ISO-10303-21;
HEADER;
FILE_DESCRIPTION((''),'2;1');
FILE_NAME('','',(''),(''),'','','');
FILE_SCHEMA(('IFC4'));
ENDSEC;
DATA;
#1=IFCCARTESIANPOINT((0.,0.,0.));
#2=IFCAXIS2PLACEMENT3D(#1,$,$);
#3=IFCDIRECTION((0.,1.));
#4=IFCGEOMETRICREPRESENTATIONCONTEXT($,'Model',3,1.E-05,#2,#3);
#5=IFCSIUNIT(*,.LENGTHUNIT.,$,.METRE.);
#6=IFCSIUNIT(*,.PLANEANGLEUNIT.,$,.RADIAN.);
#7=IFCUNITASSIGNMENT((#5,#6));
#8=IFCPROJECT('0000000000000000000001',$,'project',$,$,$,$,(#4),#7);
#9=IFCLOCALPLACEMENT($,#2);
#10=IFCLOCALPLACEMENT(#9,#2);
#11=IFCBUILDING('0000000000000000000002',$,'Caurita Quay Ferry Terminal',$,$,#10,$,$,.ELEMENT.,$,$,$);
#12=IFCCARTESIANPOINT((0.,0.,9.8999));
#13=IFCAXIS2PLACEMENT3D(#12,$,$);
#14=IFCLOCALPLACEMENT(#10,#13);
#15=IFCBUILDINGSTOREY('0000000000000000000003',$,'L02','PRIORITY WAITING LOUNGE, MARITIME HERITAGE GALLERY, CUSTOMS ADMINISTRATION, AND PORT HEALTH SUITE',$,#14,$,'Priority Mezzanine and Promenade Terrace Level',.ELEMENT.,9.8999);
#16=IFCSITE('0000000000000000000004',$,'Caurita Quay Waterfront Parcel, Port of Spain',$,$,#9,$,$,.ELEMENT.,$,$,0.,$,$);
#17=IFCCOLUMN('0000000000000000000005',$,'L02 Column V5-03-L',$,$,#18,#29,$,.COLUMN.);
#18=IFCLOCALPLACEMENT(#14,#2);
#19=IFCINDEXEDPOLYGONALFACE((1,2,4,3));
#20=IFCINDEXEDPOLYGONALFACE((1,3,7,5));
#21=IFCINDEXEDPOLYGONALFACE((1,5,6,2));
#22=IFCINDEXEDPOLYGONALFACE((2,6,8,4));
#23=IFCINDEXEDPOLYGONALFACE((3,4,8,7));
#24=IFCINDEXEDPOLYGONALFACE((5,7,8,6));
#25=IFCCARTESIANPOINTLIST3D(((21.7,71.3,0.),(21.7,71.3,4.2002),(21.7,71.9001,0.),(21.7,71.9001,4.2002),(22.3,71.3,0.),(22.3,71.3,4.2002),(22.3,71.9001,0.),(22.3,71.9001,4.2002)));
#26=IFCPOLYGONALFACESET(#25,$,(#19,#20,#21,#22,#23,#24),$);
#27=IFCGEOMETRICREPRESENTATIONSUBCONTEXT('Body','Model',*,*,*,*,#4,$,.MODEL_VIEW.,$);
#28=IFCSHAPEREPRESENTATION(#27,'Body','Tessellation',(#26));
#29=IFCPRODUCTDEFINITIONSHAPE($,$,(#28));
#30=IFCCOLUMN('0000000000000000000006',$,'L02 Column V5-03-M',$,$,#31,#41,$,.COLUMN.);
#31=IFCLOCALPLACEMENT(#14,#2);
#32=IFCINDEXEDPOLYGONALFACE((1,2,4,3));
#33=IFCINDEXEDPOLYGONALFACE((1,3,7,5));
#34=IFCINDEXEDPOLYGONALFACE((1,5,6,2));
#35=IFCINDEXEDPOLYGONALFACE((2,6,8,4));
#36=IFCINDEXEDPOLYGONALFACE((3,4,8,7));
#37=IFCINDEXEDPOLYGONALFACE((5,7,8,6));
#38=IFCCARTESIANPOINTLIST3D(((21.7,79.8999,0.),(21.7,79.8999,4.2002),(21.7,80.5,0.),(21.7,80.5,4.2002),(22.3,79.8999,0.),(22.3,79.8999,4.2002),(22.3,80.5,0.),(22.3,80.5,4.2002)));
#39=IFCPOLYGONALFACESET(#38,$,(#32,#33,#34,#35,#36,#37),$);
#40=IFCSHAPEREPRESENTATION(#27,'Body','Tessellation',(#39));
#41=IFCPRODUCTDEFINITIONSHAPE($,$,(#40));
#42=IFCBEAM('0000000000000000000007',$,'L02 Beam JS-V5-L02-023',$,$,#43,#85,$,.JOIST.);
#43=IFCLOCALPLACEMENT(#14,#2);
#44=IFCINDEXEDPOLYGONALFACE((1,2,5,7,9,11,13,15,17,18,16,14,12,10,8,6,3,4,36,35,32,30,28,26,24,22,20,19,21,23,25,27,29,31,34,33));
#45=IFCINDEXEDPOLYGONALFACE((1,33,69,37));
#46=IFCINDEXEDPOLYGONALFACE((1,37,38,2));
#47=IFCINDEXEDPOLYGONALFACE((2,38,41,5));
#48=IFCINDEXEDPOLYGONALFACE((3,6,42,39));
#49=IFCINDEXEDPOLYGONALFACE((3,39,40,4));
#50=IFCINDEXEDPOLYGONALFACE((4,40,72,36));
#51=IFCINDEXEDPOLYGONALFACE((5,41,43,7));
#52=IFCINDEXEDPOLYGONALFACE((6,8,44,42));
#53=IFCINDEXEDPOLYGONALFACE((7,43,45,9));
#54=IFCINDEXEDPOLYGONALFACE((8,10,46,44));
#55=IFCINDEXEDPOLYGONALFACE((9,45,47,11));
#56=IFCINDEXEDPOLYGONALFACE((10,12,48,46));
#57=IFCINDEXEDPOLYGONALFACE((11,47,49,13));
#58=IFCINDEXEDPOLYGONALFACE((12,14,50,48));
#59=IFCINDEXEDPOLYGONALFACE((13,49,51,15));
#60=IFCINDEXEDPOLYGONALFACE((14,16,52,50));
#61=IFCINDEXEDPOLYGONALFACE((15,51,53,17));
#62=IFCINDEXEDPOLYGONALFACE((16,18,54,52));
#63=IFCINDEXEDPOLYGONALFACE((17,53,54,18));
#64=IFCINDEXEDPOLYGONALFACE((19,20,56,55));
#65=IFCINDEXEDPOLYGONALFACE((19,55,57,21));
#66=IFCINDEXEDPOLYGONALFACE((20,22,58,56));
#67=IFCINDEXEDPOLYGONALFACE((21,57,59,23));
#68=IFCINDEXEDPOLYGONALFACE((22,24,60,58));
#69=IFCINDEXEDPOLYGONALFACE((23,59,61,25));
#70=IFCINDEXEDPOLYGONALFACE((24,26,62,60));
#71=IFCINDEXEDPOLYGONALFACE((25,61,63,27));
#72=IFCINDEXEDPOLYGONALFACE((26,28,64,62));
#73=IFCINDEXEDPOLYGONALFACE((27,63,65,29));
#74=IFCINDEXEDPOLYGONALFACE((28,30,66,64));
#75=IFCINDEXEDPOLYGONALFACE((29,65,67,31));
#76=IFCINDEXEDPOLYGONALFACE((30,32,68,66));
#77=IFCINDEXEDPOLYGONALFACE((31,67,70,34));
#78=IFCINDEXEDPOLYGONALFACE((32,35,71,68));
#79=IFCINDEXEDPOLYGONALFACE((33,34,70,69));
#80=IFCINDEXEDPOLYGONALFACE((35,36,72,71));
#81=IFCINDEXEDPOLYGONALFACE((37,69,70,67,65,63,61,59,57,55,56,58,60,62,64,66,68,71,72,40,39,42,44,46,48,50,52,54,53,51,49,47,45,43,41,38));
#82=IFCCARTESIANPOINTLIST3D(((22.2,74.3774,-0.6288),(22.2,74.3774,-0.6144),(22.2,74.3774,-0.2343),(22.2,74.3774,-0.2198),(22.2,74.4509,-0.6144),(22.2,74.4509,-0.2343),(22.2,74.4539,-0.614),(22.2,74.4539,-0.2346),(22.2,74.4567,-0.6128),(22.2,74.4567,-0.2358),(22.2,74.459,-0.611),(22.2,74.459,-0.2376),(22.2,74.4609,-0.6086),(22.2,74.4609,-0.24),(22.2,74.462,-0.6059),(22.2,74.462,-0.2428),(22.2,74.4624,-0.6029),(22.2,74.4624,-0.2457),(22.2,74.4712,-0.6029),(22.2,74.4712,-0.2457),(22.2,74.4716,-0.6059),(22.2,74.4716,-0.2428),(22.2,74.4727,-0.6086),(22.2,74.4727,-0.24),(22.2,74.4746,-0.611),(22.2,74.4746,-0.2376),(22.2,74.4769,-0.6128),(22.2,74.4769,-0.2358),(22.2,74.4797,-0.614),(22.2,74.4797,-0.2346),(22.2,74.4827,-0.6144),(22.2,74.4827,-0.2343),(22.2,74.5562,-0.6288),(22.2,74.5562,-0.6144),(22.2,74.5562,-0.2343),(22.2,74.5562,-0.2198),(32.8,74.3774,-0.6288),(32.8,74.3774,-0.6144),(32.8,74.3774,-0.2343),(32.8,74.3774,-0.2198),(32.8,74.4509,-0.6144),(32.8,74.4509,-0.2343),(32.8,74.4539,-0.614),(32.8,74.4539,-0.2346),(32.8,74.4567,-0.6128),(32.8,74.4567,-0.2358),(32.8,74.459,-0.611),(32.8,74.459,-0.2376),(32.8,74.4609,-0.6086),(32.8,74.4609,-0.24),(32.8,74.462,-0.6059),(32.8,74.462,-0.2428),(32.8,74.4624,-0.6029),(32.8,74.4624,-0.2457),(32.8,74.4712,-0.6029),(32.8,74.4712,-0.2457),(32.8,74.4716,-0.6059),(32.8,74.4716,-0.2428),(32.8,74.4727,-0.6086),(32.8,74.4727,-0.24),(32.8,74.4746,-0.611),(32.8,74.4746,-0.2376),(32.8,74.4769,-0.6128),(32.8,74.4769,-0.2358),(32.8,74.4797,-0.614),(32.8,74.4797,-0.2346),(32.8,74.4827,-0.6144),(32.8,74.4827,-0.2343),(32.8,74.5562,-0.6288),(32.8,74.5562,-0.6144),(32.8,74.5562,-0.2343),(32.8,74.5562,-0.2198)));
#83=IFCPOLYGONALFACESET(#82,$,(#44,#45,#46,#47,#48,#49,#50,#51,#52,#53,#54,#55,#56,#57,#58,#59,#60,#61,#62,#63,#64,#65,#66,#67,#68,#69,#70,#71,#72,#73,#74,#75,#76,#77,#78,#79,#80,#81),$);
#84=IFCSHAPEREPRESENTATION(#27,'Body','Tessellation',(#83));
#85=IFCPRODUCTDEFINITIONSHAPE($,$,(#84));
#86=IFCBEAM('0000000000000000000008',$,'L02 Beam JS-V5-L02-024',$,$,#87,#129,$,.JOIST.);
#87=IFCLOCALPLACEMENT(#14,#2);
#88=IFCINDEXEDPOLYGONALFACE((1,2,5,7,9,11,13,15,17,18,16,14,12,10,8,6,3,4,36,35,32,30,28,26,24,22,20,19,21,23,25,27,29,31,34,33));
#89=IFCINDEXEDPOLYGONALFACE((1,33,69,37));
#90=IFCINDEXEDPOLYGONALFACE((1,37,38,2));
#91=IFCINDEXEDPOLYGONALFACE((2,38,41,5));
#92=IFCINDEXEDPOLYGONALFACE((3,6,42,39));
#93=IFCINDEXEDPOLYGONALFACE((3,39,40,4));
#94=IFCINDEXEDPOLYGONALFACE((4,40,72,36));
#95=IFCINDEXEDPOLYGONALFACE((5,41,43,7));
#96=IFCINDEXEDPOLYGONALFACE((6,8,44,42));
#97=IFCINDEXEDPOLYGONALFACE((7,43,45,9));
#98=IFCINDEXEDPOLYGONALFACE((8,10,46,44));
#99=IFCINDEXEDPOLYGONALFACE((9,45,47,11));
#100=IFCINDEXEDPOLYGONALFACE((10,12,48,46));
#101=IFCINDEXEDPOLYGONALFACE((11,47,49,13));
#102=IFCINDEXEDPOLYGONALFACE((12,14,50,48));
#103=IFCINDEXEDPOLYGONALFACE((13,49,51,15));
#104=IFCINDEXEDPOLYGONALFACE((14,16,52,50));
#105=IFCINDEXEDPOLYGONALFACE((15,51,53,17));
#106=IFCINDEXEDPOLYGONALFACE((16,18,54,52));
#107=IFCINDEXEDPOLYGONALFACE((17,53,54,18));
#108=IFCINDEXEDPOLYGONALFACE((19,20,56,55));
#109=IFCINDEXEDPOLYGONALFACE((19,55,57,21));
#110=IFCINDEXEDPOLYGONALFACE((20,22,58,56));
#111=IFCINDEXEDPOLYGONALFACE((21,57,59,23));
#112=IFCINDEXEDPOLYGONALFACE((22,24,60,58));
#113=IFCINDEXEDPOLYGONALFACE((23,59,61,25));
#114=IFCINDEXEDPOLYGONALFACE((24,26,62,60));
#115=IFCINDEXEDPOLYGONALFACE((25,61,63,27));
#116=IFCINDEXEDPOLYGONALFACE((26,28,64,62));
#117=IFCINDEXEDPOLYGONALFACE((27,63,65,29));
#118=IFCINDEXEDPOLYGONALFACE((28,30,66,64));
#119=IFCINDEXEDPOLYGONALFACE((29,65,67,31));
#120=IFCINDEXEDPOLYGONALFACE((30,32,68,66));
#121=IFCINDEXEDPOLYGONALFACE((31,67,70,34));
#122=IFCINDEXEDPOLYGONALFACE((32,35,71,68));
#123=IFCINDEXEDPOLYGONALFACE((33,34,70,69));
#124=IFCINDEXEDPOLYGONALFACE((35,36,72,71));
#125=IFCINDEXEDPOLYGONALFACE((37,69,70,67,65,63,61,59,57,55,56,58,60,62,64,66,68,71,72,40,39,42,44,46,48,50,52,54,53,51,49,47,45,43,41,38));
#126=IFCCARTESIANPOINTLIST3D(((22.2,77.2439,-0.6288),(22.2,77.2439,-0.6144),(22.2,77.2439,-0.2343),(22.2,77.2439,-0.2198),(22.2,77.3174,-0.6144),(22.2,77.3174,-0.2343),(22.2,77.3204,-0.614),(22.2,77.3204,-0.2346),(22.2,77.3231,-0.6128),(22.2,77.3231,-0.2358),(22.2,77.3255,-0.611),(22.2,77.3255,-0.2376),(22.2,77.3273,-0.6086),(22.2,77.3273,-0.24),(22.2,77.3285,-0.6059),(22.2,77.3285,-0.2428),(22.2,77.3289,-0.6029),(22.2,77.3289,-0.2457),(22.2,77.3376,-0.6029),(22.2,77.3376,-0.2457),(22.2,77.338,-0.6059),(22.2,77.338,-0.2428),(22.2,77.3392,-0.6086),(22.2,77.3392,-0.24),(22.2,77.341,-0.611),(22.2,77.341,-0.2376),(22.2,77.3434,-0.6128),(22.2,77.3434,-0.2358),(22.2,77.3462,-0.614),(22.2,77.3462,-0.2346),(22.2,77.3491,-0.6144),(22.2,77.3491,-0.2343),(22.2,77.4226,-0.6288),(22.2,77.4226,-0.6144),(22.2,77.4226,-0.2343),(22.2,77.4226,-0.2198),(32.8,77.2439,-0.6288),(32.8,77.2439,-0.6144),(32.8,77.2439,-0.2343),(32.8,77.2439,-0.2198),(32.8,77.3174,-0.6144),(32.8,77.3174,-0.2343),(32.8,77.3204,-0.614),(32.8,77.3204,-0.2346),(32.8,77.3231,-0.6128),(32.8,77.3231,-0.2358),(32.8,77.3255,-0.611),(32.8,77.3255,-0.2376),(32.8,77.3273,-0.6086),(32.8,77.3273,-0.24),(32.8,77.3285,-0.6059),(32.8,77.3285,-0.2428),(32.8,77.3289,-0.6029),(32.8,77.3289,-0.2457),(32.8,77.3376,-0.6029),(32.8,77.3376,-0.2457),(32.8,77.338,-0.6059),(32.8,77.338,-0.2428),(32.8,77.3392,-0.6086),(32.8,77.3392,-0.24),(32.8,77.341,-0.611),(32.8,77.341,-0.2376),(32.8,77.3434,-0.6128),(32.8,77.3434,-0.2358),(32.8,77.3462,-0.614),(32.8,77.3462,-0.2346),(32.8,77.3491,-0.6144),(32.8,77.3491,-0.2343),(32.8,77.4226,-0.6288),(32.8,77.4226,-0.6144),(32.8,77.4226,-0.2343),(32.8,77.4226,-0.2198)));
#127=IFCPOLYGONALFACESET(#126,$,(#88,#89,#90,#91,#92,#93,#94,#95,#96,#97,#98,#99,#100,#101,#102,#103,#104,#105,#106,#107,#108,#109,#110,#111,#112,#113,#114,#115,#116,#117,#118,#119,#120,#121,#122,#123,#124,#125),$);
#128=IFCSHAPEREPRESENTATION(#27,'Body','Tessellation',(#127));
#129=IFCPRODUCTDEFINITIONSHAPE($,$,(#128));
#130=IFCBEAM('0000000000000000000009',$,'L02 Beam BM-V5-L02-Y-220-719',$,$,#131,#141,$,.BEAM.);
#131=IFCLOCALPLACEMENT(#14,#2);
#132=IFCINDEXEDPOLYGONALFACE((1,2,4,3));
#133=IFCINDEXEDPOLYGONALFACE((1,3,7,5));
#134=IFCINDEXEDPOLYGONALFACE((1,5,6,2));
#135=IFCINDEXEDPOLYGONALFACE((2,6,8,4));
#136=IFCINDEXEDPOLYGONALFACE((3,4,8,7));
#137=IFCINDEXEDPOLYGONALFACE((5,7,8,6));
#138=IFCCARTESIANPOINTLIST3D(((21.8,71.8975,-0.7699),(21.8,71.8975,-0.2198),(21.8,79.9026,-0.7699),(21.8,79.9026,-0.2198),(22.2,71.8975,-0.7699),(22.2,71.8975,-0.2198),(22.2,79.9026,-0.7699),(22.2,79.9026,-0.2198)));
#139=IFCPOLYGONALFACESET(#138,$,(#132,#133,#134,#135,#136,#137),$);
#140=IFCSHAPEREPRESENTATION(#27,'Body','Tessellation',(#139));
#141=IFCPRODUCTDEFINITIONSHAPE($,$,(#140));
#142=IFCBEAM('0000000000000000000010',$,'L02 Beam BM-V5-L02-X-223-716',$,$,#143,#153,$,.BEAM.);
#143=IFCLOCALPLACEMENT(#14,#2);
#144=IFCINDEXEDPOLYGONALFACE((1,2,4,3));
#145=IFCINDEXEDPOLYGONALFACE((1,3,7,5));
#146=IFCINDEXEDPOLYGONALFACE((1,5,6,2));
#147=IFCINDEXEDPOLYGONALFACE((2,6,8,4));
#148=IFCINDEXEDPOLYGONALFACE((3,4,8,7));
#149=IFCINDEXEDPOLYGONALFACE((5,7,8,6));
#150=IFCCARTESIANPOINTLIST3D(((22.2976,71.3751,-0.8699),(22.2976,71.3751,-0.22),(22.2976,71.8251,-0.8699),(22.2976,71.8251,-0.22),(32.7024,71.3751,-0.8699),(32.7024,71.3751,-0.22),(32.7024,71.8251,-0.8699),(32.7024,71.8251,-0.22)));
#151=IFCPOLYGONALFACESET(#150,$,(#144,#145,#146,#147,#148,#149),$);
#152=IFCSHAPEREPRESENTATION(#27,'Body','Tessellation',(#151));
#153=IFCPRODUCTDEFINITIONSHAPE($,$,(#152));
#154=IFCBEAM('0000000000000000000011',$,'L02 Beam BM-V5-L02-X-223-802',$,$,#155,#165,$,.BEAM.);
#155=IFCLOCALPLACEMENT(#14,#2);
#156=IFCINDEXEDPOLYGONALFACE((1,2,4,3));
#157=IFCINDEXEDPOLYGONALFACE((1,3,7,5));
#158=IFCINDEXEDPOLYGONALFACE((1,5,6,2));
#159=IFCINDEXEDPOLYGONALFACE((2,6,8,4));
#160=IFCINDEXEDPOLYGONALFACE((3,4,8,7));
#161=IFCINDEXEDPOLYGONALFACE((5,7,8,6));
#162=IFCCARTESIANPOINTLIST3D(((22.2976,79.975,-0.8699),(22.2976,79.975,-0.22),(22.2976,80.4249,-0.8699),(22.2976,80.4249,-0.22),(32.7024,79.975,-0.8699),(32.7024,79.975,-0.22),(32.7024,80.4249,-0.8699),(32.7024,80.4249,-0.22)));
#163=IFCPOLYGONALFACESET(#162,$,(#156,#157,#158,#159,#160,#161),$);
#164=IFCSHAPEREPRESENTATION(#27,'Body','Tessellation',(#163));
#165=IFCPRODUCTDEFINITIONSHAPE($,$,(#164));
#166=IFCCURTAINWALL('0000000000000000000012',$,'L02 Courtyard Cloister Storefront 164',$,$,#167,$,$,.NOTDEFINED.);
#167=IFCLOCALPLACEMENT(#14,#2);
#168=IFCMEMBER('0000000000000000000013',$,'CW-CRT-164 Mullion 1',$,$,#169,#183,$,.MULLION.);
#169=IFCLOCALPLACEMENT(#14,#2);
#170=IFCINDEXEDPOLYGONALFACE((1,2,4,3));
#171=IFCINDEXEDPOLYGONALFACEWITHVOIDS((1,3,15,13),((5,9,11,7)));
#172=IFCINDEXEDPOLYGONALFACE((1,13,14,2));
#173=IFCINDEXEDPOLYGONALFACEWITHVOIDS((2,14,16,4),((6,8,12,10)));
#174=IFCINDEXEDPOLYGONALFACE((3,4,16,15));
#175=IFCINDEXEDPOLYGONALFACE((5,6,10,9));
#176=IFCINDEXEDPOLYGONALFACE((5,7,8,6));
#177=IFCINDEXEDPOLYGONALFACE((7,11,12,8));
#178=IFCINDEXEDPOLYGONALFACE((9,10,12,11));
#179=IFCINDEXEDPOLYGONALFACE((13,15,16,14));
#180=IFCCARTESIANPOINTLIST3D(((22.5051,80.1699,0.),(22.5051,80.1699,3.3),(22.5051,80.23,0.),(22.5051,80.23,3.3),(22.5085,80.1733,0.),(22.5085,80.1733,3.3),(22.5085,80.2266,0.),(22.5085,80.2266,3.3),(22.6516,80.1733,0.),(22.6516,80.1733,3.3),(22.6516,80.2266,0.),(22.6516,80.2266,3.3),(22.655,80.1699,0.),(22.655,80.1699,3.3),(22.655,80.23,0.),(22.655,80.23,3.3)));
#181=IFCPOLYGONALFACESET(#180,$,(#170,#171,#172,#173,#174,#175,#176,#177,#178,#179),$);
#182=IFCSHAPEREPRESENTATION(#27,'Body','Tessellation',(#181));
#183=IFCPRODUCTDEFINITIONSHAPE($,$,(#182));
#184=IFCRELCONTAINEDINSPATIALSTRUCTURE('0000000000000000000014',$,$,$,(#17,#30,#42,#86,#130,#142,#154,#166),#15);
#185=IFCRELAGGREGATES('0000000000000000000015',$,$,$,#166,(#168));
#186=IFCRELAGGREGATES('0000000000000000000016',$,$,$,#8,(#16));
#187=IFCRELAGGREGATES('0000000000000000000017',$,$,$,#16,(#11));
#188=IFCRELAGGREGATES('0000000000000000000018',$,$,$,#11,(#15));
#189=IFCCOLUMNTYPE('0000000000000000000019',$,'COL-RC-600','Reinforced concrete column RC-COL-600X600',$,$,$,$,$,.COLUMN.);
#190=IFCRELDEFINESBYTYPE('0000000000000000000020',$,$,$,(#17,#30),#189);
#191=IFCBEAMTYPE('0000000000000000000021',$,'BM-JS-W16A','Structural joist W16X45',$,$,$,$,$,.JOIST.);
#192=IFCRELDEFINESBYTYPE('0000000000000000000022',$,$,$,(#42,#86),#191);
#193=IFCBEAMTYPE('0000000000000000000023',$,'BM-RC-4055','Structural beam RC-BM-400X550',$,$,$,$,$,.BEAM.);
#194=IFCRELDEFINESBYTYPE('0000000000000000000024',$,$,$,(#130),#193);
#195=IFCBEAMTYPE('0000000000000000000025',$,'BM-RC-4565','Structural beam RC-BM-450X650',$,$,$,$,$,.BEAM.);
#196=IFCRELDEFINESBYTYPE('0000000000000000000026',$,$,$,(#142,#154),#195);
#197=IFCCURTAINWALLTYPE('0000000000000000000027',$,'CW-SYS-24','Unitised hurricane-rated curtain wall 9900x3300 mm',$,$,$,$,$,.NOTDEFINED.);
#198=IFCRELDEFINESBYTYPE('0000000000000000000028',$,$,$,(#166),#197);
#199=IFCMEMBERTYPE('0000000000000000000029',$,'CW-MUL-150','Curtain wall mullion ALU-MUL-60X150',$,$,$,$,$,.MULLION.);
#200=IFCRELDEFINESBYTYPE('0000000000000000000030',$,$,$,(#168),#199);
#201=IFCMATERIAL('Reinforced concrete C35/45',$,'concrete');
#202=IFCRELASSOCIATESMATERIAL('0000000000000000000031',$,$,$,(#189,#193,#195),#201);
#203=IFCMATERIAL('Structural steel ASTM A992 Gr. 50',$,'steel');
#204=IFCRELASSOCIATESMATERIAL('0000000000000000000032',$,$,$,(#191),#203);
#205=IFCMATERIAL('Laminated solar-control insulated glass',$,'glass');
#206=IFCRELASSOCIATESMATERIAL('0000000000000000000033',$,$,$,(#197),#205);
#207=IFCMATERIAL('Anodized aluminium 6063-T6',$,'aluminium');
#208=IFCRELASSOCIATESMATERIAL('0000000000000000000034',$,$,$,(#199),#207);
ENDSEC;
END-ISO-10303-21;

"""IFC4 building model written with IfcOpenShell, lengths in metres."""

from ifc_helpers import new_model, si_unit, direction, frame, origin, origin_2d, place, context, subcontext, project, spatial, rectangle, hollow_rectangle, i_section, extrude, material, material_profile, profile_set, type_object, element, aggregate, save


model = new_model("IFC4")

# Units and contexts
model_context = context("Model", 3, precision=1e-05, world=origin(), true_north=direction((0.0, 1.0)))
body_context = subcontext(model_context, "Body", "Model", "MODEL_VIEW")
ifc_project = project(units=[si_unit("LENGTHUNIT", "METRE"), si_unit("PLANEANGLEUNIT", "RADIAN")], contexts=[model_context])

# Site, building, storey
site_placement = place(None, origin())
site = spatial("IfcSite", under=ifc_project, at=site_placement, Name="Caurita Quay Waterfront Parcel, Port of Spain", CompositionType="ELEMENT", RefElevation=0.0)
building_placement = place(site_placement, origin())
building = spatial("IfcBuilding", under=site, at=building_placement, Name="Caurita Quay Ferry Terminal", CompositionType="ELEMENT")
storey_placement = place(building_placement, frame((0.0, 0.0, 9.8999)))
storey = spatial("IfcBuildingStorey", under=building, at=storey_placement, Name="L02", Description="PRIORITY WAITING LOUNGE, MARITIME HERITAGE GALLERY, CUSTOMS ADMINISTRATION, AND PORT HEALTH SUITE", LongName="Priority Mezzanine and Promenade Terrace Level", CompositionType="ELEMENT", Elevation=9.8999)

# Columns
ifc_material_1 = material(Name="Reinforced concrete C35/45", Category="concrete")
ifc_material_profile_1 = material_profile(ifc_material_1, rectangle(XDim=0.6001, YDim=0.6001, at=origin_2d()), Name="RC-COL-600X600")
ifc_profile_set_1 = profile_set([ifc_material_profile_1], Name="Reinforced concrete C35/45")
column_type = type_object("IfcColumnType", Name="COL-RC-600", Description="Reinforced concrete column RC-COL-600X600", PredefinedType="COLUMN", material=ifc_profile_set_1)
for number, where, z_axis, x_axis, name in (
    (1, (22.0, 71.6001, 0.0), (0.0, 0.0, 1.0), (1.0, 0.0, 0.0), "L02 Column V5-03-L"),
    (2, (22.0, 80.2, 0.0), (0.0, 0.0, 1.0), (1.0, 0.0, 0.0), "L02 Column V5-03-M"),
):
    element("IfcColumn", number, at=place(storey_placement, frame(where, z_axis=z_axis, x_axis=x_axis)), inside=storey, type_object=column_type, Name=name, PredefinedType="COLUMN", context=body_context, shape_type="SweptSolid", body=[
        extrude(rectangle(XDim=0.6001, YDim=0.6001, at=origin_2d()), origin(), (0.0, 0.0, 1.0), 4.2002),
    ])

# Beams
ifc_material_2 = material(Name="Structural steel ASTM A992 Gr. 50", Category="steel")
ifc_material_profile_2 = material_profile(ifc_material_2, i_section(OverallWidth=0.1787, OverallDepth=0.4089, WebThickness=0.0088, FlangeThickness=0.0144, FilletRadius=0.0115, at=origin_2d()), Name="W16X45")
ifc_profile_set_2 = profile_set([ifc_material_profile_2], Name="Structural steel ASTM A992 Gr. 50")
beam_type_1 = type_object("IfcBeamType", Name="BM-JS-W16A", Description="Structural joist W16X45", PredefinedType="JOIST", material=ifc_profile_set_2)
for number, where, z_axis, x_axis, name in (
    (3, (22.2, 74.4668, -0.4243), (1.0, 0.0, 0.0), (0.0, 1.0, 0.0), "L02 Beam JS-V5-L02-023"),
    (4, (22.2, 77.3333, -0.4243), (1.0, 0.0, 0.0), (0.0, 1.0, 0.0), "L02 Beam JS-V5-L02-024"),
):
    element("IfcBeam", number, at=place(storey_placement, frame(where, z_axis=z_axis, x_axis=x_axis)), inside=storey, type_object=beam_type_1, Name=name, PredefinedType="JOIST", context=body_context, shape_type="SweptSolid", body=[
        extrude(i_section(OverallWidth=0.1787, OverallDepth=0.4089, WebThickness=0.0088, FlangeThickness=0.0144, FilletRadius=0.0115, at=origin_2d()), origin(), (0.0, 0.0, 1.0), 10.6001),
    ])
ifc_material_profile_3 = material_profile(ifc_material_1, rectangle(XDim=0.3999, YDim=0.55, at=origin_2d()), Name="RC-BM-400X550")
ifc_profile_set_3 = profile_set([ifc_material_profile_3], Name="Reinforced concrete C35/45")
beam_type_2 = type_object("IfcBeamType", Name="BM-RC-4055", Description="Structural beam RC-BM-400X550", PredefinedType="BEAM", material=ifc_profile_set_3)
beam_placement = place(storey_placement, frame((22.0, 71.8975, -0.4949), z_axis=(0.0, 1.0, 0.0), x_axis=(-1.0, 0.0, 0.0)))
element("IfcBeam", 5, at=beam_placement, inside=storey, type_object=beam_type_2, Name="L02 Beam BM-V5-L02-Y-220-719", PredefinedType="BEAM", context=body_context, shape_type="SweptSolid", body=[
    extrude(rectangle(XDim=0.3999, YDim=0.55, at=origin_2d()), origin(), (0.0, 0.0, 1.0), 8.0051),
])
ifc_material_profile_4 = material_profile(ifc_material_1, rectangle(XDim=0.45, YDim=0.6499, at=origin_2d()), Name="RC-BM-450X650")
ifc_profile_set_4 = profile_set([ifc_material_profile_4], Name="Reinforced concrete C35/45")
beam_type_3 = type_object("IfcBeamType", Name="BM-RC-4565", Description="Structural beam RC-BM-450X650", PredefinedType="BEAM", material=ifc_profile_set_4)
for number, where, z_axis, x_axis, name in (
    (6, (22.2976, 71.6001, -0.5449), (1.0, 0.0, 0.0), (0.0, 1.0, 0.0), "L02 Beam BM-V5-L02-X-223-716"),
    (7, (22.2976, 80.2, -0.5449), (1.0, 0.0, 0.0), (0.0, 1.0, 0.0), "L02 Beam BM-V5-L02-X-223-802"),
):
    element("IfcBeam", number, at=place(storey_placement, frame(where, z_axis=z_axis, x_axis=x_axis)), inside=storey, type_object=beam_type_3, Name=name, PredefinedType="BEAM", context=body_context, shape_type="SweptSolid", body=[
        extrude(rectangle(XDim=0.45, YDim=0.6499, at=origin_2d()), origin(), (0.0, 0.0, 1.0), 10.4048),
    ])

# Curtain wall, member
ifc_material_3 = material(Name="Laminated solar-control insulated glass", Category="glass")
curtain_wall_type = type_object("IfcCurtainWallType", Name="CW-SYS-24", Description="Unitised hurricane-rated curtain wall 9900x3300 mm", PredefinedType="NOTDEFINED", material=ifc_material_3)
curtain_wall_placement = place(storey_placement, origin())
curtain_wall = element("IfcCurtainWall", 8, at=curtain_wall_placement, inside=storey, type_object=curtain_wall_type, Name="L02 Courtyard Cloister Storefront 164", PredefinedType="NOTDEFINED")
ifc_material_4 = material(Name="Anodized aluminium 6063-T6", Category="aluminium")
ifc_material_profile_5 = material_profile(ifc_material_4, hollow_rectangle(XDim=0.0601, YDim=0.1499, WallThickness=0.0034, at=origin_2d()), Name="ALU-MUL-60X150")
ifc_profile_set_5 = profile_set([ifc_material_profile_5], Name="Anodized aluminium 6063-T6")
member_type_1 = type_object("IfcMemberType", Name="CW-MUL-150", Description="Curtain wall mullion ALU-MUL-60X150", PredefinedType="MULLION", material=ifc_profile_set_5)
member_1_placement = place(storey_placement, frame((22.5801, 80.2, 0.0), z_axis=(0.0, 0.0, 1.0), x_axis=(0.0, 1.0, 0.0)))
member_1 = element("IfcMember", 9, at=member_1_placement, type_object=member_type_1, Name="CW-CRT-164 Mullion 1", PredefinedType="MULLION", context=body_context, shape_type="SweptSolid", body=[
    extrude(hollow_rectangle(XDim=0.0601, YDim=0.1499, WallThickness=0.0034, at=origin_2d()), origin(), (0.0, 0.0, 1.0), 3.3),
])
aggregate(curtain_wall, [member_1])

save(model, "model.ifc")
